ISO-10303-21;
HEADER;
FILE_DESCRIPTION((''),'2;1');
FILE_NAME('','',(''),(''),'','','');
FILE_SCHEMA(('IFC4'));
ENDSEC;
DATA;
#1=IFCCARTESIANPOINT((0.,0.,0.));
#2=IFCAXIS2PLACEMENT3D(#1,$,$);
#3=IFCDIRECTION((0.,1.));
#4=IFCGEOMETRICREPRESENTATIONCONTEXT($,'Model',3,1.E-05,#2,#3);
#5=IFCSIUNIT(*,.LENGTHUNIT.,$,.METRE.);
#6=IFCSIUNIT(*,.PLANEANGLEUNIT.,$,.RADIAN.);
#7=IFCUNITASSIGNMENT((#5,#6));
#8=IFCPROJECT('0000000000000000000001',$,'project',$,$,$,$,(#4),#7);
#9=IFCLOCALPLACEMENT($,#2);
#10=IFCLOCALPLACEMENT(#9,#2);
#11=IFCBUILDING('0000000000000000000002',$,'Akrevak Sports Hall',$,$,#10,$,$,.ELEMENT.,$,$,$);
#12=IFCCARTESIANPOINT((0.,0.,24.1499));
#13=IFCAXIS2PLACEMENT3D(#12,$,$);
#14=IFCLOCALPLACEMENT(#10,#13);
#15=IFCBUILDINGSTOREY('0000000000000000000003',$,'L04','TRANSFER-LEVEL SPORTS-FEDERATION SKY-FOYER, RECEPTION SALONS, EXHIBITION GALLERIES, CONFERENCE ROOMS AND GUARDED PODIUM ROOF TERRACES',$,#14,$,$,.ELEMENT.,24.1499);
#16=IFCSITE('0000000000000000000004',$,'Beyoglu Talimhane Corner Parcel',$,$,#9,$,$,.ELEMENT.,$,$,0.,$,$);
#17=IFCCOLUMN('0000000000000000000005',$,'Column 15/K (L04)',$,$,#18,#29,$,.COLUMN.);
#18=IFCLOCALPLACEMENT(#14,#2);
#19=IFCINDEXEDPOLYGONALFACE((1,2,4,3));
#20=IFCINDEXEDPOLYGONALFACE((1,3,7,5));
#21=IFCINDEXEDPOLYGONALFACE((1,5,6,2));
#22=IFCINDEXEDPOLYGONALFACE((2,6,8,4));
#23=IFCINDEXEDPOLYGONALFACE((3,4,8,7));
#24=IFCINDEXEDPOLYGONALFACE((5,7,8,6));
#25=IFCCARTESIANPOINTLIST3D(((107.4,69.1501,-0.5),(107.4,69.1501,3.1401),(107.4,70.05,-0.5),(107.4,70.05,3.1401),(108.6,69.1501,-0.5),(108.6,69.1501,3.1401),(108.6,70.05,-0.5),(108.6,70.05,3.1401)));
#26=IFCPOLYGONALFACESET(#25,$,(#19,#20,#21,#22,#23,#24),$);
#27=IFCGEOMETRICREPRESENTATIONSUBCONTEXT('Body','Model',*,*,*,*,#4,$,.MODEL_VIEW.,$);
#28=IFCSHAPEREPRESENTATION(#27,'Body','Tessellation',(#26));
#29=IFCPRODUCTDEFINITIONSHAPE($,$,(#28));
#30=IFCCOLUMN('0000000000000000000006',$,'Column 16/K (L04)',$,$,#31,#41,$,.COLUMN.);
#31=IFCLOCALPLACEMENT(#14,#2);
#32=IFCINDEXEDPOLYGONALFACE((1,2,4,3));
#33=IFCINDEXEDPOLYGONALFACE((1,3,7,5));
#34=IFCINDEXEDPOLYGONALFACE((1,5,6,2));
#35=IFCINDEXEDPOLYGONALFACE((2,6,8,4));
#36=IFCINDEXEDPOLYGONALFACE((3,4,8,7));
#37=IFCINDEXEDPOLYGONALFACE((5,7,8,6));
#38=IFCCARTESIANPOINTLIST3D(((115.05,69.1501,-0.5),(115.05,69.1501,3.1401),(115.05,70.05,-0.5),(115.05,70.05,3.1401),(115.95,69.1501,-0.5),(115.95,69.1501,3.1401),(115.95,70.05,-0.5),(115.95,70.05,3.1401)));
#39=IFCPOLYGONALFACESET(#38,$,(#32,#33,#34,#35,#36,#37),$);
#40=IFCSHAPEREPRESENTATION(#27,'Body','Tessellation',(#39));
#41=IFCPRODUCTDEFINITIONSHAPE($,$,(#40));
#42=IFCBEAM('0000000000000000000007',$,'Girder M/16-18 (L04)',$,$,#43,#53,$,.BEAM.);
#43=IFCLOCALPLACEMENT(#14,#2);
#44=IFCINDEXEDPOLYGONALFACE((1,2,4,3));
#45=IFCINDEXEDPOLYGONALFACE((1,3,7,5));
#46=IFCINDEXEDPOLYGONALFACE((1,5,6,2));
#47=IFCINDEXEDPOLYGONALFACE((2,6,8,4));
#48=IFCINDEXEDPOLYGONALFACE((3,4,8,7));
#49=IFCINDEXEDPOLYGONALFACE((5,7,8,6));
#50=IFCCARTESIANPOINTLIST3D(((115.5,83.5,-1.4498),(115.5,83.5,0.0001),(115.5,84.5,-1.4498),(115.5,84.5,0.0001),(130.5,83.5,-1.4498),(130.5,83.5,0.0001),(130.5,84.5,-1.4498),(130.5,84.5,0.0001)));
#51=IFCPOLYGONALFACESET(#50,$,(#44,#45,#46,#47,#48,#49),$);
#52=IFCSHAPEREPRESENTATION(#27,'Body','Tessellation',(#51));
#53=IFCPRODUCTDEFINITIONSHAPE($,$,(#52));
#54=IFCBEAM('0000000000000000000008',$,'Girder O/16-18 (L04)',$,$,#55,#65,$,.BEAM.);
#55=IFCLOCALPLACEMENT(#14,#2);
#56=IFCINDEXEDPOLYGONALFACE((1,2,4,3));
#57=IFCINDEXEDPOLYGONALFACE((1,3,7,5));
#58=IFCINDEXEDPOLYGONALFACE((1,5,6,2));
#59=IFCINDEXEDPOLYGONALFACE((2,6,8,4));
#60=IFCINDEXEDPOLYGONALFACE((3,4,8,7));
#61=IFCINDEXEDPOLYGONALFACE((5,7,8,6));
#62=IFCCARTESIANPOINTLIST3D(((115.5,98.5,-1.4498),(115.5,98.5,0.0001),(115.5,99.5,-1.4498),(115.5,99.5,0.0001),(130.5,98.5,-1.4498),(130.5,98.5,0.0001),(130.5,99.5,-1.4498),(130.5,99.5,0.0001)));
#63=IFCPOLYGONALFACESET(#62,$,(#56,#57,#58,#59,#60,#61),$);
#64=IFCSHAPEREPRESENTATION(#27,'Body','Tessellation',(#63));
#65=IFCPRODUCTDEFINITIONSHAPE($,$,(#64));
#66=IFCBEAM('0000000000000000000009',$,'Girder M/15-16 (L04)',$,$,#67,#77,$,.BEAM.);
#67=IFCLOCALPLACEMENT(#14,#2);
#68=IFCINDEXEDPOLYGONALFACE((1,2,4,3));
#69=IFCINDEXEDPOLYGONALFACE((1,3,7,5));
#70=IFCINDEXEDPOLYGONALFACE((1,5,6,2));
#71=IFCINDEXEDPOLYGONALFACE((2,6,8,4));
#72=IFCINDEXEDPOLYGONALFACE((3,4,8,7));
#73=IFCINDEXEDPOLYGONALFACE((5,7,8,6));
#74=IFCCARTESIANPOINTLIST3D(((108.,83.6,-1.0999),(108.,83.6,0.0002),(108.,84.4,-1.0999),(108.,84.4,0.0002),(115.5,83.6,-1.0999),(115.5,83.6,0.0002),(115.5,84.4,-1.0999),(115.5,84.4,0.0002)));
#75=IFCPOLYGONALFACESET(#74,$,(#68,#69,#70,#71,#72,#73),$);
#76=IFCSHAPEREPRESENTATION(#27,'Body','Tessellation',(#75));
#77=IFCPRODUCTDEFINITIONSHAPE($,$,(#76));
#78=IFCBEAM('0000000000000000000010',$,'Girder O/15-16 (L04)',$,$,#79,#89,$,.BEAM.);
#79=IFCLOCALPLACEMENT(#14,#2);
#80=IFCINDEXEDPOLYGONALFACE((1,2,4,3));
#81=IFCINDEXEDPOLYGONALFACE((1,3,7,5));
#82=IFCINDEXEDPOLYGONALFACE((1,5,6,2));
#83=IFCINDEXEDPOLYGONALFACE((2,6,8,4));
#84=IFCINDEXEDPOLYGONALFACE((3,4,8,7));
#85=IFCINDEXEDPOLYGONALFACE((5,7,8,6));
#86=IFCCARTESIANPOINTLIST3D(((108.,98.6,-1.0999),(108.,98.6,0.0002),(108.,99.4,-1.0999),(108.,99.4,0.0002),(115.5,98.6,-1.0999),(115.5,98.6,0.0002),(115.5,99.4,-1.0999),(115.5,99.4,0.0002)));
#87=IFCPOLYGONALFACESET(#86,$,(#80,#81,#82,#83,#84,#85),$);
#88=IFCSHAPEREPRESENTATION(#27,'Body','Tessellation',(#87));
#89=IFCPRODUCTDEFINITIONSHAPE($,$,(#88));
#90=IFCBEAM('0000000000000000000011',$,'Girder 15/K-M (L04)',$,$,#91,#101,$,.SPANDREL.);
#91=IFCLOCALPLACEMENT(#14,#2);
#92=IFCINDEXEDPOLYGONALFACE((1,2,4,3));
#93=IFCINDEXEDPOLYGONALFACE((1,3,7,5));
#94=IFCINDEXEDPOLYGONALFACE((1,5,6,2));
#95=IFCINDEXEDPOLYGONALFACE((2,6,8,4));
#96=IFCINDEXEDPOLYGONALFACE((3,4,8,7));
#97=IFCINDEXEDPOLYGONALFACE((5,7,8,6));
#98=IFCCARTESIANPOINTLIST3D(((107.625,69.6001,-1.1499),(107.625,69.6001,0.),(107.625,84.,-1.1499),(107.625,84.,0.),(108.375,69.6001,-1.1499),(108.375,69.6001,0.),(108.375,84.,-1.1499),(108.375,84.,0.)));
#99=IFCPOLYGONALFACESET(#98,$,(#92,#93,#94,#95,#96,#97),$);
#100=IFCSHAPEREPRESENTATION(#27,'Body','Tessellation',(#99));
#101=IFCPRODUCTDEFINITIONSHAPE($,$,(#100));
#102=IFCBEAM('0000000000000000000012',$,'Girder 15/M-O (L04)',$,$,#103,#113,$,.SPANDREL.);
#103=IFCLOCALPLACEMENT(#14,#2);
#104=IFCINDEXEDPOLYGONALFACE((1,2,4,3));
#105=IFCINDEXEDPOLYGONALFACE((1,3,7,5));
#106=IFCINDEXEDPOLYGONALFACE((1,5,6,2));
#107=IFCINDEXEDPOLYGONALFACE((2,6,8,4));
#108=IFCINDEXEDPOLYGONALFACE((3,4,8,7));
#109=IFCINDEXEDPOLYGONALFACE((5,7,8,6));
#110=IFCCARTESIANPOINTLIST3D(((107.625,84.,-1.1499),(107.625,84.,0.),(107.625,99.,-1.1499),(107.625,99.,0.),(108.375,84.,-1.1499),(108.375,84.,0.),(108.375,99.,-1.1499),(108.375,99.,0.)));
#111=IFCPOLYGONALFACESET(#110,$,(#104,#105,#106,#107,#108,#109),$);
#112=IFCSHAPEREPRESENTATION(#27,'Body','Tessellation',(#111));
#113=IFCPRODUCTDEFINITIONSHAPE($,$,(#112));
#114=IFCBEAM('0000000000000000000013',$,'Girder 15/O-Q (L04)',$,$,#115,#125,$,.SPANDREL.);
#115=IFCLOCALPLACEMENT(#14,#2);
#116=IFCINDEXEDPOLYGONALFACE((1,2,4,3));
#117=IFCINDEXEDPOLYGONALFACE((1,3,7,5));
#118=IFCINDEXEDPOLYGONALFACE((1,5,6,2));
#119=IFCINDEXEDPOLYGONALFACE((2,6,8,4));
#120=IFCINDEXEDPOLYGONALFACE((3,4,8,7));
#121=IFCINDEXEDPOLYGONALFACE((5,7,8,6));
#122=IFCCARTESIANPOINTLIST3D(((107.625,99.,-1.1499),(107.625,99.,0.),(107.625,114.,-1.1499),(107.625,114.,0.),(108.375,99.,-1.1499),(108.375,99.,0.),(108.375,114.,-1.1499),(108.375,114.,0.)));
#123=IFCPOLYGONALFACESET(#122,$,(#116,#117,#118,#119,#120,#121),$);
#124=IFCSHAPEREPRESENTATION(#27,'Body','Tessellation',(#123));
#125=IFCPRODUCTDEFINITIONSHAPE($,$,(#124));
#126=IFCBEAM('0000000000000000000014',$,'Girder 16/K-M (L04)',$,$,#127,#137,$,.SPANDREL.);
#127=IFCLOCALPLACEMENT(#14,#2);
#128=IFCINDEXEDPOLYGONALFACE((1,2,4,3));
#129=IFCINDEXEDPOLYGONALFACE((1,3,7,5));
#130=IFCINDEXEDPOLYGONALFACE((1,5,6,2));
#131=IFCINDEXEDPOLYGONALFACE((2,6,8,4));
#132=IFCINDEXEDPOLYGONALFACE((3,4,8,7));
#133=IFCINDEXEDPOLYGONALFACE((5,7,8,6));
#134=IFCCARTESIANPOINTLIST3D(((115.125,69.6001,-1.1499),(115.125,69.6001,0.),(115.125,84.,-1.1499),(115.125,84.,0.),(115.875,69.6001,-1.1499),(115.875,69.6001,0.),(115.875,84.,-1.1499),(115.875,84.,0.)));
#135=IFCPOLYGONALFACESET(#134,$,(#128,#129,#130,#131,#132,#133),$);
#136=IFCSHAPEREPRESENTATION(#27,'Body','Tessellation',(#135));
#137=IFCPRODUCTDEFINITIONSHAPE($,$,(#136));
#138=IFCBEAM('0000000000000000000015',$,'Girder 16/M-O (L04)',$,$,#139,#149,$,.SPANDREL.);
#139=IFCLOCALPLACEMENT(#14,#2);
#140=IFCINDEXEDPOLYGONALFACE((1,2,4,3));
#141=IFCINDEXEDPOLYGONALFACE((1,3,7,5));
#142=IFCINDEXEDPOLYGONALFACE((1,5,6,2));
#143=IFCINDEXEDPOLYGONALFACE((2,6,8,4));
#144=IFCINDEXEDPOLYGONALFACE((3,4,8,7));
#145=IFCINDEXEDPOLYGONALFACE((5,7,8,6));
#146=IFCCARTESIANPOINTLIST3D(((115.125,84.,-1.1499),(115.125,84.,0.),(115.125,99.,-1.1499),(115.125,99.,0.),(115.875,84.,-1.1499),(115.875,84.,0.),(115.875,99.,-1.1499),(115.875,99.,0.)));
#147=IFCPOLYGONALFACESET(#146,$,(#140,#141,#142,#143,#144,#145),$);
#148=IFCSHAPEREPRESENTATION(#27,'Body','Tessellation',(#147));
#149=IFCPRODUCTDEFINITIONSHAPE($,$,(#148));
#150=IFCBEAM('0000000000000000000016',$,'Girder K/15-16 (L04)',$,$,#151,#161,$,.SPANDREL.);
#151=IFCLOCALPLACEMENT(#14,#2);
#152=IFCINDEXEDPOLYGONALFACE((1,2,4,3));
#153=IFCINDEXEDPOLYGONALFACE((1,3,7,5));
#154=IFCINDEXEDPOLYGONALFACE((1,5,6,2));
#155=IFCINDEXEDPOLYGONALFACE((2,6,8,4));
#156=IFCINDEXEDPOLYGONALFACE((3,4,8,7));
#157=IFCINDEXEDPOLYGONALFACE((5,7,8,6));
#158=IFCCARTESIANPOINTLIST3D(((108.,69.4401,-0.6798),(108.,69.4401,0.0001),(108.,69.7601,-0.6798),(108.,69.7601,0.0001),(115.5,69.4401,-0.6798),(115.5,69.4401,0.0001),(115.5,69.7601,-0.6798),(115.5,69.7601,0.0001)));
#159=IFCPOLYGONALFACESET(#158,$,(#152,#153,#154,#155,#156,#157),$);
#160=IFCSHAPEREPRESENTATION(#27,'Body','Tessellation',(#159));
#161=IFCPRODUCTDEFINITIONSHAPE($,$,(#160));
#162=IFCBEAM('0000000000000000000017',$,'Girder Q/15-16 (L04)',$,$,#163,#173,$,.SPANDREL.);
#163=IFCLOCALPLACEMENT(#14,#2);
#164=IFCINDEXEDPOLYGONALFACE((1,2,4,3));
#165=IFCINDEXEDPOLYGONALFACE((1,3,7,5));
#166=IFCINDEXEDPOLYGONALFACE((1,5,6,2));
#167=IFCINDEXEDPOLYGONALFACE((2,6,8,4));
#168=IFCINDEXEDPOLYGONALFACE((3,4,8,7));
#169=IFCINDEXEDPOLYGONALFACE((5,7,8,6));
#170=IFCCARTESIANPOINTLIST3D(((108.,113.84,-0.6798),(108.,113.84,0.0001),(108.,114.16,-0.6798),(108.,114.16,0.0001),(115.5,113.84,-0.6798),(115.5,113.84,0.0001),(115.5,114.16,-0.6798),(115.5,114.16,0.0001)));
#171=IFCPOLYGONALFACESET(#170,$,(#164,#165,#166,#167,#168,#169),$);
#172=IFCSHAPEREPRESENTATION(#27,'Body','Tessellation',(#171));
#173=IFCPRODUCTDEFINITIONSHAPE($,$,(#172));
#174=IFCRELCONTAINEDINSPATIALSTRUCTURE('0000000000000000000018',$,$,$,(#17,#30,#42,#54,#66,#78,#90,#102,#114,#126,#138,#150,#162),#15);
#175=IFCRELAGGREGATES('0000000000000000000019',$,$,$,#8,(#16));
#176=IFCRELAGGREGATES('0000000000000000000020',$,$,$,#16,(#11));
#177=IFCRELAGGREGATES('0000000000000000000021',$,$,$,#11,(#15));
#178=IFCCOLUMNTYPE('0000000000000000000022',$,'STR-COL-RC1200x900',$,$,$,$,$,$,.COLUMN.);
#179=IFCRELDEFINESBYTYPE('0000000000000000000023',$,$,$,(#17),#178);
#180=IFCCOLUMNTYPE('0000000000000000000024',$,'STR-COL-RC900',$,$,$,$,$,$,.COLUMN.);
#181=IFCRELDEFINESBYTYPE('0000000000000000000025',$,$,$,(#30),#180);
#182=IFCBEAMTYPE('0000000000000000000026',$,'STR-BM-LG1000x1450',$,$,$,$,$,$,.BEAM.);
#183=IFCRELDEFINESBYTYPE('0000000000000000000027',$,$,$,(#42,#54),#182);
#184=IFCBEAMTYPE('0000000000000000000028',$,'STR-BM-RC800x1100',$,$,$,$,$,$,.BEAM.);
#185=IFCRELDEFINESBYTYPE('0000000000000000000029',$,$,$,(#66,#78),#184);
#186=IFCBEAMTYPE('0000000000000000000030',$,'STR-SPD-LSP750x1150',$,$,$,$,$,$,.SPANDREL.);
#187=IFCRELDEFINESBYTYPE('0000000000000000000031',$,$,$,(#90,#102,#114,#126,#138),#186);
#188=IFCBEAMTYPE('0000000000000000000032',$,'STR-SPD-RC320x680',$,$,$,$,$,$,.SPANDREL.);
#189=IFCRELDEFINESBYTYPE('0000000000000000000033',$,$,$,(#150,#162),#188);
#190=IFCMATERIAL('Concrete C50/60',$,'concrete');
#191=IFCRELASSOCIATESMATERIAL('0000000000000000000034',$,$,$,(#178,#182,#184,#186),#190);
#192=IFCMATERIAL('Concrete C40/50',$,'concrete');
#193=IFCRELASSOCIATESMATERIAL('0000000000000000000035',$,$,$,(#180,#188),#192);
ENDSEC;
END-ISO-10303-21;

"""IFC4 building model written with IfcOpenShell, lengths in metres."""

from ifc_helpers import new_model, si_unit, direction, frame, origin, origin_2d, place, context, subcontext, project, spatial, rectangle, extrude, material, material_profile, profile_set, type_object, element, save


model = new_model("IFC4")

# Units and contexts
model_context = context("Model", 3, precision=1e-05, world=origin(), true_north=direction((0.0, 1.0)))
body_context = subcontext(model_context, "Body", "Model", "MODEL_VIEW")
ifc_project = project(units=[si_unit("LENGTHUNIT", "METRE"), si_unit("PLANEANGLEUNIT", "RADIAN")], contexts=[model_context])

# Site, building, storey
site_placement = place(None, origin())
site = spatial("IfcSite", under=ifc_project, at=site_placement, Name="Beyoglu Talimhane Corner Parcel", CompositionType="ELEMENT", RefElevation=0.0)
building_placement = place(site_placement, origin())
building = spatial("IfcBuilding", under=site, at=building_placement, Name="Akrevak Sports Hall", CompositionType="ELEMENT")
storey_placement = place(building_placement, frame((0.0, 0.0, 24.1499)))
storey = spatial("IfcBuildingStorey", under=building, at=storey_placement, Name="L04", Description="TRANSFER-LEVEL SPORTS-FEDERATION SKY-FOYER, RECEPTION SALONS, EXHIBITION GALLERIES, CONFERENCE ROOMS AND GUARDED PODIUM ROOF TERRACES", CompositionType="ELEMENT", Elevation=24.1499)

# Columns
ifc_material_1 = material(Name="Concrete C50/60", Category="concrete")
ifc_material_profile_1 = material_profile(ifc_material_1, rectangle(XDim=1.2, YDim=0.8999, at=origin_2d()), Name="RC 1200x900", Category="concrete")
ifc_profile_set_1 = profile_set([ifc_material_profile_1], Name="Concrete C50/60")
column_type_1 = type_object("IfcColumnType", Name="STR-COL-RC1200x900", PredefinedType="COLUMN", material=ifc_profile_set_1)
column_1_placement = place(storey_placement, frame((108.0, 69.6001, -0.5), z_axis=(0.0, 0.0, 1.0), x_axis=(1.0, 0.0, 0.0)))
element("IfcColumn", 1, at=column_1_placement, inside=storey, type_object=column_type_1, Name="Column 15/K (L04)", PredefinedType="COLUMN", context=body_context, shape_type="SweptSolid", body=[
    extrude(rectangle(XDim=1.2, YDim=0.8999, at=origin_2d()), origin(), (0.0, 0.0, 1.0), 3.6401),
])
ifc_material_2 = material(Name="Concrete C40/50", Category="concrete")
ifc_material_profile_2 = material_profile(ifc_material_2, rectangle(XDim=0.8999, YDim=0.8999, at=origin_2d()), Name="RC 900x900", Category="concrete")
ifc_profile_set_2 = profile_set([ifc_material_profile_2], Name="Concrete C40/50")
column_type_2 = type_object("IfcColumnType", Name="STR-COL-RC900", PredefinedType="COLUMN", material=ifc_profile_set_2)
column_2_placement = place(storey_placement, frame((115.5, 69.6001, -0.5), z_axis=(0.0, 0.0, 1.0), x_axis=(1.0, 0.0, 0.0)))
element("IfcColumn", 2, at=column_2_placement, inside=storey, type_object=column_type_2, Name="Column 16/K (L04)", PredefinedType="COLUMN", context=body_context, shape_type="SweptSolid", body=[
    extrude(rectangle(XDim=0.8999, YDim=0.8999, at=origin_2d()), origin(), (0.0, 0.0, 1.0), 3.6401),
])

# Beams
ifc_material_profile_3 = material_profile(ifc_material_1, rectangle(XDim=1.0, YDim=1.45, at=origin_2d()), Name="BM 1000x1450", Category="concrete")
ifc_profile_set_3 = profile_set([ifc_material_profile_3], Name="Concrete C50/60")
beam_type_1 = type_object("IfcBeamType", Name="STR-BM-LG1000x1450", PredefinedType="BEAM", material=ifc_profile_set_3)
for number, where, z_axis, x_axis, name in (
    (3, (115.5, 84.0, -0.7249), (1.0, 0.0, 0.0), (0.0, 1.0, 0.0), "Girder M/16-18 (L04)"),
    (4, (115.5, 99.0, -0.7249), (1.0, 0.0, 0.0), (0.0, 1.0, 0.0), "Girder O/16-18 (L04)"),
):
    element("IfcBeam", number, at=place(storey_placement, frame(where, z_axis=z_axis, x_axis=x_axis)), inside=storey, type_object=beam_type_1, Name=name, PredefinedType="BEAM", context=body_context, shape_type="SweptSolid", body=[
        extrude(rectangle(XDim=1.0, YDim=1.45, at=origin_2d()), origin(), (0.0, 0.0, 1.0), 15.0),
    ])
ifc_material_profile_4 = material_profile(ifc_material_1, rectangle(XDim=0.8, YDim=1.1001, at=origin_2d()), Name="BM 800x1100", Category="concrete")
ifc_profile_set_4 = profile_set([ifc_material_profile_4], Name="Concrete C50/60")
beam_type_2 = type_object("IfcBeamType", Name="STR-BM-RC800x1100", PredefinedType="BEAM", material=ifc_profile_set_4)
for number, where, z_axis, x_axis, name in (
    (5, (108.0, 84.0, -0.5498), (1.0, 0.0, 0.0), (0.0, 1.0, 0.0), "Girder M/15-16 (L04)"),
    (6, (108.0, 99.0, -0.5498), (1.0, 0.0, 0.0), (0.0, 1.0, 0.0), "Girder O/15-16 (L04)"),
):
    element("IfcBeam", number, at=place(storey_placement, frame(where, z_axis=z_axis, x_axis=x_axis)), inside=storey, type_object=beam_type_2, Name=name, PredefinedType="BEAM", context=body_context, shape_type="SweptSolid", body=[
        extrude(rectangle(XDim=0.8, YDim=1.1001, at=origin_2d()), origin(), (0.0, 0.0, 1.0), 7.5),
    ])
ifc_material_profile_5 = material_profile(ifc_material_1, rectangle(XDim=0.75, YDim=1.1499, at=origin_2d()), Name="SPD 750x1150", Category="concrete")
ifc_profile_set_5 = profile_set([ifc_material_profile_5], Name="Concrete C50/60")
beam_type_3 = type_object("IfcBeamType", Name="STR-SPD-LSP750x1150", PredefinedType="SPANDREL", material=ifc_profile_set_5)
beam_1_placement = place(storey_placement, frame((108.0, 69.6001, -0.575), z_axis=(0.0, 1.0, 0.0), x_axis=(-1.0, 0.0, 0.0)))
element("IfcBeam", 7, at=beam_1_placement, inside=storey, type_object=beam_type_3, Name="Girder 15/K-M (L04)", PredefinedType="SPANDREL", context=body_context, shape_type="SweptSolid", body=[
    extrude(rectangle(XDim=0.75, YDim=1.1499, at=origin_2d()), origin(), (0.0, 0.0, 1.0), 14.3999),
])
for number, where, z_axis, x_axis, name in (
    (8, (108.0, 84.0, -0.575), (0.0, 1.0, 0.0), (-1.0, 0.0, 0.0), "Girder 15/M-O (L04)"),
    (9, (108.0, 99.0, -0.575), (0.0, 1.0, 0.0), (-1.0, 0.0, 0.0), "Girder 15/O-Q (L04)"),
):
    element("IfcBeam", number, at=place(storey_placement, frame(where, z_axis=z_axis, x_axis=x_axis)), inside=storey, type_object=beam_type_3, Name=name, PredefinedType="SPANDREL", context=body_context, shape_type="SweptSolid", body=[
        extrude(rectangle(XDim=0.75, YDim=1.1499, at=origin_2d()), origin(), (0.0, 0.0, 1.0), 15.0),
    ])
beam_2_placement = place(storey_placement, frame((115.5, 69.6001, -0.575), z_axis=(0.0, 1.0, 0.0), x_axis=(-1.0, 0.0, 0.0)))
element("IfcBeam", 10, at=beam_2_placement, inside=storey, type_object=beam_type_3, Name="Girder 16/K-M (L04)", PredefinedType="SPANDREL", context=body_context, shape_type="SweptSolid", body=[
    extrude(rectangle(XDim=0.75, YDim=1.1499, at=origin_2d()), origin(), (0.0, 0.0, 1.0), 14.3999),
])
beam_3_placement = place(storey_placement, frame((115.5, 84.0, -0.575), z_axis=(0.0, 1.0, 0.0), x_axis=(-1.0, 0.0, 0.0)))
element("IfcBeam", 11, at=beam_3_placement, inside=storey, type_object=beam_type_3, Name="Girder 16/M-O (L04)", PredefinedType="SPANDREL", context=body_context, shape_type="SweptSolid", body=[
    extrude(rectangle(XDim=0.75, YDim=1.1499, at=origin_2d()), origin(), (0.0, 0.0, 1.0), 15.0),
])
ifc_material_profile_6 = material_profile(ifc_material_2, rectangle(XDim=0.3201, YDim=0.6799, at=origin_2d()), Name="SPD 320x680", Category="concrete")
ifc_profile_set_6 = profile_set([ifc_material_profile_6], Name="Concrete C40/50")
beam_type_4 = type_object("IfcBeamType", Name="STR-SPD-RC320x680", PredefinedType="SPANDREL", material=ifc_profile_set_6)
for number, where, z_axis, x_axis, name in (
    (12, (108.0, 69.6001, -0.3398), (1.0, 0.0, 0.0), (0.0, 1.0, 0.0), "Girder K/15-16 (L04)"),
    (13, (108.0, 114.0, -0.3398), (1.0, 0.0, 0.0), (0.0, 1.0, 0.0), "Girder Q/15-16 (L04)"),
):
    element("IfcBeam", number, at=place(storey_placement, frame(where, z_axis=z_axis, x_axis=x_axis)), inside=storey, type_object=beam_type_4, Name=name, PredefinedType="SPANDREL", context=body_context, shape_type="SweptSolid", body=[
        extrude(rectangle(XDim=0.3201, YDim=0.6799, at=origin_2d()), origin(), (0.0, 0.0, 1.0), 7.5),
    ])

save(model, "model.ifc")
